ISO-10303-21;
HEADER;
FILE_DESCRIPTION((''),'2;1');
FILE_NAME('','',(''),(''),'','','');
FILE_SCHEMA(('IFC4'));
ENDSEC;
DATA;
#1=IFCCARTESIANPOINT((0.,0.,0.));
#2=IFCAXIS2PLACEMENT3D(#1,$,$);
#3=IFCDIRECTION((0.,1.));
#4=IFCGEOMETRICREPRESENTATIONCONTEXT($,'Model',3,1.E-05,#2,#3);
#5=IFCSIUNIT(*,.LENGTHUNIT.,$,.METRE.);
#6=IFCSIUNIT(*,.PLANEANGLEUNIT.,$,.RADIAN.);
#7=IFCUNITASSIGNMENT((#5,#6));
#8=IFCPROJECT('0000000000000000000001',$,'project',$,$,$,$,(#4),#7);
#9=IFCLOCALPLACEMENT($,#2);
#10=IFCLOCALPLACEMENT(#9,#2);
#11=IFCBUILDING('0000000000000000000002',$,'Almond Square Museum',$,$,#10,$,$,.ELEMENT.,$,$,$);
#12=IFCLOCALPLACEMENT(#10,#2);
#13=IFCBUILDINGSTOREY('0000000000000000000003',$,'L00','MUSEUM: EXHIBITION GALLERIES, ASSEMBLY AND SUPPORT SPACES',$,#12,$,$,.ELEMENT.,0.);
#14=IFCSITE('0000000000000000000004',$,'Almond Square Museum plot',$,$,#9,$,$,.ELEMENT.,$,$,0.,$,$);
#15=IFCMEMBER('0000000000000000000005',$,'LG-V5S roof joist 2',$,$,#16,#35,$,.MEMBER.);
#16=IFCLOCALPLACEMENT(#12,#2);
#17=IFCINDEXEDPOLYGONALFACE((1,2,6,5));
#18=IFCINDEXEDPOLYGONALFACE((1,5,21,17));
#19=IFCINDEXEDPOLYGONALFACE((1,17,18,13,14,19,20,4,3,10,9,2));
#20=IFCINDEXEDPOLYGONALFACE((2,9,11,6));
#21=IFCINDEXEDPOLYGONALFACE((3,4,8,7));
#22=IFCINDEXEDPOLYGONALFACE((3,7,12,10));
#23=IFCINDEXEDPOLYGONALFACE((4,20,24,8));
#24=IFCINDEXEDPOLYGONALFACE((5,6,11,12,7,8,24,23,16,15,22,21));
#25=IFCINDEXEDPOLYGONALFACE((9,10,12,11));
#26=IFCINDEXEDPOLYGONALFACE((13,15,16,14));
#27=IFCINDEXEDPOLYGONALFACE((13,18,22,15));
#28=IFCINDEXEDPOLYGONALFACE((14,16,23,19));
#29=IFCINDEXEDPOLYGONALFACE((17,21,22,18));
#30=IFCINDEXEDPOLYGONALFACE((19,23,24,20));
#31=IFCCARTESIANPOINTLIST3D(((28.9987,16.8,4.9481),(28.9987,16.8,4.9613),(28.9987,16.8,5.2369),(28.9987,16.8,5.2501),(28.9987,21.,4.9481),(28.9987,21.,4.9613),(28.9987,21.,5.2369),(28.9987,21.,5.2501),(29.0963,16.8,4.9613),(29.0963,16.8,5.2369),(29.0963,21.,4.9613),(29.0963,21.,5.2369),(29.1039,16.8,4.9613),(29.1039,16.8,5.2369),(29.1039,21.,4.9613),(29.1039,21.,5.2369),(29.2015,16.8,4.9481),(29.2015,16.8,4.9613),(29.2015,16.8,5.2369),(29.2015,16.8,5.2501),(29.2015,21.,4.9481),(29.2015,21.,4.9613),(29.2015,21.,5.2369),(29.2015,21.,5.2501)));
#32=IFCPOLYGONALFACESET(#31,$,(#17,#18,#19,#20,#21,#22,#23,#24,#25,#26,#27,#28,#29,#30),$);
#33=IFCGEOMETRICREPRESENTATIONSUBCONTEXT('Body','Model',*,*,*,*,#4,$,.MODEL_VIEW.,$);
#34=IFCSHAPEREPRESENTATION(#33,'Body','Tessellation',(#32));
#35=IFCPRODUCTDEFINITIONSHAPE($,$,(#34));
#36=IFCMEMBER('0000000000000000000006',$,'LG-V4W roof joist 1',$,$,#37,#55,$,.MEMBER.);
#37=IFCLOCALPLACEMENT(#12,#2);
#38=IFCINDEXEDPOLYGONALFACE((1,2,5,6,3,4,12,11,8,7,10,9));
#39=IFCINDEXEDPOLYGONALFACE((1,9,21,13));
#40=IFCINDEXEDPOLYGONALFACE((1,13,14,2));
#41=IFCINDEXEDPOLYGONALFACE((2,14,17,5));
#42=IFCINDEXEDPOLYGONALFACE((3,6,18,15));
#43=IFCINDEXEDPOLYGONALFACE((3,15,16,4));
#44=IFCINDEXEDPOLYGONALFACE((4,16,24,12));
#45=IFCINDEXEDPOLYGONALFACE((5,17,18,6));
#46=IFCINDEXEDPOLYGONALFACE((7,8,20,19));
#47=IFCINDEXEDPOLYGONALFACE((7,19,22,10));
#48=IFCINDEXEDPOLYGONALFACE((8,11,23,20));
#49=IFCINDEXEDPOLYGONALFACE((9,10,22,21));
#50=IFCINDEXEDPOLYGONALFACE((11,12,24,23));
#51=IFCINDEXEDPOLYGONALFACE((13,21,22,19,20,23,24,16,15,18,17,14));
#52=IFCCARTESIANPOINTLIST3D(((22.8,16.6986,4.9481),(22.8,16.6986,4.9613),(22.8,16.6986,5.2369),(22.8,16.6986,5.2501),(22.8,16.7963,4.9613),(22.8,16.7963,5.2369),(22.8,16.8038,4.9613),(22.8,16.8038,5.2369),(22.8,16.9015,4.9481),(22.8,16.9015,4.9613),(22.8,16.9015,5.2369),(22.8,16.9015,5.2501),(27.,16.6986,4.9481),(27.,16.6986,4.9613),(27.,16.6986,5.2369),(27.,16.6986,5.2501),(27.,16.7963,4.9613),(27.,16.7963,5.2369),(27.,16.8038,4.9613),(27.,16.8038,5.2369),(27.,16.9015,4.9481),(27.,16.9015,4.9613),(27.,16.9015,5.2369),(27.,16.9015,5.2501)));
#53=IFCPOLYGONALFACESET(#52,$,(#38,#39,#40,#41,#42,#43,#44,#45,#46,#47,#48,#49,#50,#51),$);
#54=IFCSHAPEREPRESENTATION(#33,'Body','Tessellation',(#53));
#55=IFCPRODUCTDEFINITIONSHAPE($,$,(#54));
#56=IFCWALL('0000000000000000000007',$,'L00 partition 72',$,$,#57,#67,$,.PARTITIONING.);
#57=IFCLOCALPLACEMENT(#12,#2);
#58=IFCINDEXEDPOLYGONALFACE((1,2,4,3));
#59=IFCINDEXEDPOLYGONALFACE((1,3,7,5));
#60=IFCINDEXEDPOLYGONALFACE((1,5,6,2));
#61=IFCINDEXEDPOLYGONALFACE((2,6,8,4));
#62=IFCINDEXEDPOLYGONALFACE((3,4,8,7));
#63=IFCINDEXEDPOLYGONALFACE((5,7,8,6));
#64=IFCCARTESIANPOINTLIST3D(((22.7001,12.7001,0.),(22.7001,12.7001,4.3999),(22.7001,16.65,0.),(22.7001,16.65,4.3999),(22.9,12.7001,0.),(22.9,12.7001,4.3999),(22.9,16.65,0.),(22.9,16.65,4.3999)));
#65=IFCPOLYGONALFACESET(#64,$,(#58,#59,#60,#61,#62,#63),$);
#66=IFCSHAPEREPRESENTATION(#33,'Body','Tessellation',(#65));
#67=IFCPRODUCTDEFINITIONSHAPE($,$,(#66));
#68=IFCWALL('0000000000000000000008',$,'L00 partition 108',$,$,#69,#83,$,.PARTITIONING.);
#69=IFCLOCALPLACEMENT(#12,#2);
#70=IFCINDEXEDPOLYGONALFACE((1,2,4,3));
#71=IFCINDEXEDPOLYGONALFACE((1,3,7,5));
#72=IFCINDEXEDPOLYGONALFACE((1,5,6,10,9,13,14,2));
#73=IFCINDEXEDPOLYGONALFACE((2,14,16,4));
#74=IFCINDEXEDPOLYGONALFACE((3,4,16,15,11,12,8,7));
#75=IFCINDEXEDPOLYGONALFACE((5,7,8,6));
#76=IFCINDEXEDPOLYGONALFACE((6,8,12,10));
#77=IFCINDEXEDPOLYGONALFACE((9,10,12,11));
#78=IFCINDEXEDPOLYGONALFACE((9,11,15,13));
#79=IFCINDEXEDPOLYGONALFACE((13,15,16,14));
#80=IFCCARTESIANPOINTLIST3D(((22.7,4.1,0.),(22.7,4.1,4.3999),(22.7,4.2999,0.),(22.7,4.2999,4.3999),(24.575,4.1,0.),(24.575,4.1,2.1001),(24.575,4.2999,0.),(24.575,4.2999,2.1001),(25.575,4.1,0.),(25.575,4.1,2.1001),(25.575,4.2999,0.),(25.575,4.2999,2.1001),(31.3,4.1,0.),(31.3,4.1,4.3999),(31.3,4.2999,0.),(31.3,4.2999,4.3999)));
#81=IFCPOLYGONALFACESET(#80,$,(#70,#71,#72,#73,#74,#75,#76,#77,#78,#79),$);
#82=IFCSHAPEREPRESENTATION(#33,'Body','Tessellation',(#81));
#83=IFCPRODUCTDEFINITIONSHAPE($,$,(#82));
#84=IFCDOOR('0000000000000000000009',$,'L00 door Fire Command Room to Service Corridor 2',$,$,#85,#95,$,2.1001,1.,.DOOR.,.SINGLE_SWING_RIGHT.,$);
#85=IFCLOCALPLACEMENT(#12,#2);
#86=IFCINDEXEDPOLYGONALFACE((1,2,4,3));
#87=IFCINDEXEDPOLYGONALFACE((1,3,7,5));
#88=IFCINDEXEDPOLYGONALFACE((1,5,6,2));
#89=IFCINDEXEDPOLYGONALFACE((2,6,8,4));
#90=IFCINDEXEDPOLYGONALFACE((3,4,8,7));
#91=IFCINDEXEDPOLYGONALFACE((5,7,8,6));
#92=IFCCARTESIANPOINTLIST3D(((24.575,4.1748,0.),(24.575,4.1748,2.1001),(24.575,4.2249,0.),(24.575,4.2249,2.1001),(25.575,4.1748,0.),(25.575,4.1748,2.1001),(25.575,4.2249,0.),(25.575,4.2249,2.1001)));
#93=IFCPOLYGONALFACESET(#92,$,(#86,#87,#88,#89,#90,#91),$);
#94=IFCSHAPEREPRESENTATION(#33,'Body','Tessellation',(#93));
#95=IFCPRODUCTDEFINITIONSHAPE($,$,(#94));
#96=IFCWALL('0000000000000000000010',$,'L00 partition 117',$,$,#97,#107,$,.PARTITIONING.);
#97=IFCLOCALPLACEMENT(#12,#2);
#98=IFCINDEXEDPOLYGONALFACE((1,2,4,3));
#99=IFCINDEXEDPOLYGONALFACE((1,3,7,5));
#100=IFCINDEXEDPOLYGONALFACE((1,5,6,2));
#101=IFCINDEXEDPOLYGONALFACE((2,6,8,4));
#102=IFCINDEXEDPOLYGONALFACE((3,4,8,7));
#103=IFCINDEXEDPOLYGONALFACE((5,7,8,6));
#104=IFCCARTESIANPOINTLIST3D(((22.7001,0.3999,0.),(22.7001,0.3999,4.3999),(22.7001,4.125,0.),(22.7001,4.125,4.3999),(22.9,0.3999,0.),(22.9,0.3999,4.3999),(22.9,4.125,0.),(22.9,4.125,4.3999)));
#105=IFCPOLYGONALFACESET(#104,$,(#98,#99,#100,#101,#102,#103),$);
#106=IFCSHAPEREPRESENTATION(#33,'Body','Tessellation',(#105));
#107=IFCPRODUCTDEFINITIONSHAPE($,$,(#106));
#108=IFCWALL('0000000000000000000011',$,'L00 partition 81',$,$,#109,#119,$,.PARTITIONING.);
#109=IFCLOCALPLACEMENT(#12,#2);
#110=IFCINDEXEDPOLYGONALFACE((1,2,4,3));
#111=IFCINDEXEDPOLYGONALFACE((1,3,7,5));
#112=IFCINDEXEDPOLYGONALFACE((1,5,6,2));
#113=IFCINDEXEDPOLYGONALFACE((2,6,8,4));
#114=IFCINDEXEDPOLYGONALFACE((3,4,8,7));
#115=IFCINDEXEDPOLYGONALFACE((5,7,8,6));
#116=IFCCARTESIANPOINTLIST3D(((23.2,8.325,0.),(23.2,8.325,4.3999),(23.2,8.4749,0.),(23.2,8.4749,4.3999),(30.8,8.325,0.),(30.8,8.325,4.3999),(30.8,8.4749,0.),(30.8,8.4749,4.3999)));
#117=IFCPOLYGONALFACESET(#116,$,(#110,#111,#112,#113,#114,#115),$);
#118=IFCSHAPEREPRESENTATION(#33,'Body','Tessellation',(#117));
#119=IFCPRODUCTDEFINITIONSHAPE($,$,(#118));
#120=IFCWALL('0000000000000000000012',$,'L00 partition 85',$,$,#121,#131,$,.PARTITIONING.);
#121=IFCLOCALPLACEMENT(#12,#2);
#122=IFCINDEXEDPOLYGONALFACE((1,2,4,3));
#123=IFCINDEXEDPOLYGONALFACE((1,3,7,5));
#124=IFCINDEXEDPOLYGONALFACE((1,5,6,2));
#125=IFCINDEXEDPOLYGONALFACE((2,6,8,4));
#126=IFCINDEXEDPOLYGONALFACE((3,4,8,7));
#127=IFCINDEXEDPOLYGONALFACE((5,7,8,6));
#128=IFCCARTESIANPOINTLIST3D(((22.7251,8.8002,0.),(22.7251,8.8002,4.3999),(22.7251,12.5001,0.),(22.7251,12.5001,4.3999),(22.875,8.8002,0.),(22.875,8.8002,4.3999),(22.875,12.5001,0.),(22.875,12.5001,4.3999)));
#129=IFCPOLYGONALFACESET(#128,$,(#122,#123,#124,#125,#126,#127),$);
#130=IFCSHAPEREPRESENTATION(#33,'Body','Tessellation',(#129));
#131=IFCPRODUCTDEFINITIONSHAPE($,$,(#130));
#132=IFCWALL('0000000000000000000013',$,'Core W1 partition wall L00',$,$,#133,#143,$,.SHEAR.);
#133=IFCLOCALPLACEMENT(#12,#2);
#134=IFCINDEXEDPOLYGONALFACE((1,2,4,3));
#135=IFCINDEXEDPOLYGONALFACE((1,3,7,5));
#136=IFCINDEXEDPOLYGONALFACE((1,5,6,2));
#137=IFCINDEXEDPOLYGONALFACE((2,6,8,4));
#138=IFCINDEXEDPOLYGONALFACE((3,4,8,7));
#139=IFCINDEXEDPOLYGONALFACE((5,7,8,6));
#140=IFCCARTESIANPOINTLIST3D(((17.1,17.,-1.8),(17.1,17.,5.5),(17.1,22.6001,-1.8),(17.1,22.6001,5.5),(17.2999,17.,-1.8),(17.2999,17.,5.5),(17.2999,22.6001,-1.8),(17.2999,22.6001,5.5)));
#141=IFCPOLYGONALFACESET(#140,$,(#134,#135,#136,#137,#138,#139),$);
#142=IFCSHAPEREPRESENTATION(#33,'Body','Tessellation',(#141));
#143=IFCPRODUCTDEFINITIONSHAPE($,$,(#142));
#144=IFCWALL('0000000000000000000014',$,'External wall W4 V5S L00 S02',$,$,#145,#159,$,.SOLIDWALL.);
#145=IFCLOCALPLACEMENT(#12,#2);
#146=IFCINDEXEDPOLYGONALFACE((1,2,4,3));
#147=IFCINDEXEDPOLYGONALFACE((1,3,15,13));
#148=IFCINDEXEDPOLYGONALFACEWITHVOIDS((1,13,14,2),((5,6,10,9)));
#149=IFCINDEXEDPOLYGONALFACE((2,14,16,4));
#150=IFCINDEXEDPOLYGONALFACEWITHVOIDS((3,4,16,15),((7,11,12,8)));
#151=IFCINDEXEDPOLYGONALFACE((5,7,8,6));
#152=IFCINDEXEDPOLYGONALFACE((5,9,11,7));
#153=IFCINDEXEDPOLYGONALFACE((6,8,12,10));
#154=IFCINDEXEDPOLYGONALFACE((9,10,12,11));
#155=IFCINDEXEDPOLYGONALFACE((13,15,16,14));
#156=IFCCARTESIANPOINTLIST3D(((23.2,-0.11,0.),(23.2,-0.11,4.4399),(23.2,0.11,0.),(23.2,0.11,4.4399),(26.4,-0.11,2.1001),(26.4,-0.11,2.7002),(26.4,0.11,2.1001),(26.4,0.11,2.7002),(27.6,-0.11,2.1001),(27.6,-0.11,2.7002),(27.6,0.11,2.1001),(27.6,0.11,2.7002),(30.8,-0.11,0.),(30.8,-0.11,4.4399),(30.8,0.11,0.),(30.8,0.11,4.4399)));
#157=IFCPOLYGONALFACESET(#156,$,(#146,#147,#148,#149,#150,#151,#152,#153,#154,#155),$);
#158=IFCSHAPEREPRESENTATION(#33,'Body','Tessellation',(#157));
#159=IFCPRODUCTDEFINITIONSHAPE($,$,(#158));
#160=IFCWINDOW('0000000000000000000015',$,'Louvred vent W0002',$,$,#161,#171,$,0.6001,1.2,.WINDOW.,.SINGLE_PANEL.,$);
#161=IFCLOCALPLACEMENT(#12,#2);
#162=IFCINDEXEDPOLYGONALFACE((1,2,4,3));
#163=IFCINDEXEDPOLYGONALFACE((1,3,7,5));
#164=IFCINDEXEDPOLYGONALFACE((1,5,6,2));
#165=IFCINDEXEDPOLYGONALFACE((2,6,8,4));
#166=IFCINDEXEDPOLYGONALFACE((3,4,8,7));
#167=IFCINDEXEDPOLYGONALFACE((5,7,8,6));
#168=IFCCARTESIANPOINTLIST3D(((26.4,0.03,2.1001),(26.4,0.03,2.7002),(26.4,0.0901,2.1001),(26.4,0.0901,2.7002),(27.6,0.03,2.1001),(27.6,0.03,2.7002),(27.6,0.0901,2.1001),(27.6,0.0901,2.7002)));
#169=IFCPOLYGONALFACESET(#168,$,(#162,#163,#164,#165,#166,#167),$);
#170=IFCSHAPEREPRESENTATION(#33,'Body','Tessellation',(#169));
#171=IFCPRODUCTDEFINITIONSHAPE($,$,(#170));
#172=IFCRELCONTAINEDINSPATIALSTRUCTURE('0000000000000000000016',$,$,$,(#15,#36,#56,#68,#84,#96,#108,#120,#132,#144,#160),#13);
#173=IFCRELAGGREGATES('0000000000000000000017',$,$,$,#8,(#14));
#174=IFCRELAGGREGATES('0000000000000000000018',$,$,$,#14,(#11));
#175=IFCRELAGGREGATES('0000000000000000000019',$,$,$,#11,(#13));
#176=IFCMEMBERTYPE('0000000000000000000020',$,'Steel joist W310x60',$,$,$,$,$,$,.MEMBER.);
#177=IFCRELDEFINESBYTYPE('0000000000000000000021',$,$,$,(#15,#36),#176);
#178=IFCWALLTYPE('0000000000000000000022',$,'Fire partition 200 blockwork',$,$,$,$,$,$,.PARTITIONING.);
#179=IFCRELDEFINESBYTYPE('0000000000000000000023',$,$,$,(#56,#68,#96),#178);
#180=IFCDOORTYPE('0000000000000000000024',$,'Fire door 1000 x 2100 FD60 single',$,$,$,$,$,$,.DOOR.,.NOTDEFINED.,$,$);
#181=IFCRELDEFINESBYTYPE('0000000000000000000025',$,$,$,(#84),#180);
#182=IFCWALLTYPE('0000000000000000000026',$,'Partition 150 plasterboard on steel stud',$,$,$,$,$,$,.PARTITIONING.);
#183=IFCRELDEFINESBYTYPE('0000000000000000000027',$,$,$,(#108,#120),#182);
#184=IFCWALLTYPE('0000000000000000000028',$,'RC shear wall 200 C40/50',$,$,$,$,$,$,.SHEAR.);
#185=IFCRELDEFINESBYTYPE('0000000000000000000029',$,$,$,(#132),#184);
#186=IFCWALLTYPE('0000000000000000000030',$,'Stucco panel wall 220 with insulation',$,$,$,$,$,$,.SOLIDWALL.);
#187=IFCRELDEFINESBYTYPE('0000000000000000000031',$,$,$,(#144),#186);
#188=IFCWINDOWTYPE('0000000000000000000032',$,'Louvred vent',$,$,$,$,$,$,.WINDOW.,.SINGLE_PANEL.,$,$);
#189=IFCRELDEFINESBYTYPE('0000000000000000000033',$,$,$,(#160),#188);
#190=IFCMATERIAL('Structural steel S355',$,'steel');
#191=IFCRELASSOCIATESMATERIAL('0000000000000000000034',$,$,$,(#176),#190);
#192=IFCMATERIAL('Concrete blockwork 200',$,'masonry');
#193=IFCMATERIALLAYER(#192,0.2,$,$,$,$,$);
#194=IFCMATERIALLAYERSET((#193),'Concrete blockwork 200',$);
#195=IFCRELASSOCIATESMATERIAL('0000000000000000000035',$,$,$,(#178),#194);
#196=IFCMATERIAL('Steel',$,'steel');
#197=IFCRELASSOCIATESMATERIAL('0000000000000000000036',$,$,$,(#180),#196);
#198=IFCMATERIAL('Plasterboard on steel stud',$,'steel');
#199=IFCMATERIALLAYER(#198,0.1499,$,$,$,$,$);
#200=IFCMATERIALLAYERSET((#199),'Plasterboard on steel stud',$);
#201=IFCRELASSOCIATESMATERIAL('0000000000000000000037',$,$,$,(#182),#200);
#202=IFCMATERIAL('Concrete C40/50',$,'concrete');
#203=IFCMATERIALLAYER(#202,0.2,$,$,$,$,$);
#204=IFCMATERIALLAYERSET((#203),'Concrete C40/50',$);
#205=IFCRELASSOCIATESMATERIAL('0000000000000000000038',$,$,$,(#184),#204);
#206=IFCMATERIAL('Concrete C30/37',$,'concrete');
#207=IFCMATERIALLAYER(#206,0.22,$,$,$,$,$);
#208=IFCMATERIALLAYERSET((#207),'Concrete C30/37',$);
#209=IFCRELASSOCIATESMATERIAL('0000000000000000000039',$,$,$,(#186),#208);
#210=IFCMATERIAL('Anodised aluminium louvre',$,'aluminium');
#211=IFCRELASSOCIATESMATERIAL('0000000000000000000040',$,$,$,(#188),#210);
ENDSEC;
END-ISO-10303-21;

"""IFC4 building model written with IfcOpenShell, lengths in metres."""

from ifc_helpers import new_model, si_unit, direction, frame, frame_2d, origin, origin_2d, place, context, subcontext, project, spatial, rectangle, i_section, extrude, material, layer, layer_set, material_profile, profile_set, type_object, element, fill, save


model = new_model("IFC4")

# Units and contexts
model_context = context("Model", 3, precision=1e-05, world=origin(), true_north=direction((0.0, 1.0)))
body_context = subcontext(model_context, "Body", "Model", "MODEL_VIEW")
ifc_project = project(units=[si_unit("LENGTHUNIT", "METRE"), si_unit("PLANEANGLEUNIT", "RADIAN")], contexts=[model_context])

# Site, building, storey
site_placement = place(None, origin())
site = spatial("IfcSite", under=ifc_project, at=site_placement, Name="Almond Square Museum plot", CompositionType="ELEMENT", RefElevation=0.0)
building_placement = place(site_placement, origin())
building = spatial("IfcBuilding", under=site, at=building_placement, Name="Almond Square Museum", CompositionType="ELEMENT")
storey_placement = place(building_placement, origin())
storey = spatial("IfcBuildingStorey", under=building, at=storey_placement, Name="L00", Description="MUSEUM: EXHIBITION GALLERIES, ASSEMBLY AND SUPPORT SPACES", CompositionType="ELEMENT", Elevation=0.0)

# Members
ifc_material_1 = material(Name="Structural steel S355", Category="steel")
ifc_material_profile_1 = material_profile(ifc_material_1, i_section(OverallWidth=0.2029, OverallDepth=0.302, WebThickness=0.0076, FlangeThickness=0.0132, at=origin_2d()))
ifc_profile_set_1 = profile_set([ifc_material_profile_1], Name="Structural steel S355")
member_type = type_object("IfcMemberType", Name="Steel joist W310x60", PredefinedType="MEMBER", material=ifc_profile_set_1)
for number, where, z_axis, x_axis, name in (
    (1, (29.1001, 16.8, 5.0991), (0.0, 1.0, 0.0), (-1.0, 0.0, 0.0), "LG-V5S roof joist 2"),
    (2, (22.8, 16.8, 5.0991), (1.0, 0.0, 0.0), (0.0, 1.0, 0.0), "LG-V4W roof joist 1"),
):
    element("IfcMember", number, at=place(storey_placement, frame(where, z_axis=z_axis, x_axis=x_axis)), inside=storey, type_object=member_type, Name=name, PredefinedType="MEMBER", context=body_context, shape_type="SweptSolid", body=[
        extrude(i_section(OverallWidth=0.2029, OverallDepth=0.302, WebThickness=0.0076, FlangeThickness=0.0132, at=origin_2d()), origin(), (0.0, 0.0, 1.0), 4.2),
    ])

# Wall
ifc_material_2 = material(Name="Concrete blockwork 200", Category="masonry")
ifc_layer_1 = layer(ifc_material_2, 0.2)
ifc_layer_set_1 = layer_set([ifc_layer_1], Name="Concrete blockwork 200")
wall_type_1 = type_object("IfcWallType", Name="Fire partition 200 blockwork", PredefinedType="PARTITIONING", material=ifc_layer_set_1)
wall_1_placement = place(storey_placement, frame((22.8, 12.7, 0.0), z_axis=(0.0, 0.0, 1.0), x_axis=(0.0, 1.0, 0.0)))
element("IfcWall", 3, at=wall_1_placement, inside=storey, type_object=wall_type_1, Name="L00 partition 72", PredefinedType="PARTITIONING", context=body_context, shape_type="SweptSolid", body=[
    extrude(rectangle(XDim=3.95, YDim=0.2, at=frame_2d((1.9751, 0.0))), origin(), (0.0, 0.0, 1.0), 4.3999),
])

# Wall, opening, door
wall_2_placement = place(storey_placement, frame((22.7, 4.2, 0.0), z_axis=(0.0, 0.0, 1.0), x_axis=(1.0, 0.0, 0.0)))
wall_2 = element("IfcWall", 4, at=wall_2_placement, inside=storey, type_object=wall_type_1, Name="L00 partition 108", PredefinedType="PARTITIONING", context=body_context, shape_type="SweptSolid", body=[
    extrude(rectangle(XDim=8.6001, YDim=0.2, at=frame_2d((4.3, 0.0))), origin(), (0.0, 0.0, 1.0), 4.3999),
])
opening_1_placement = place(wall_2_placement, frame((1.875, 0.0, 0.0)))
opening_1 = element("IfcOpeningElement", 5, at=opening_1_placement, cuts=wall_2, PredefinedType="OPENING", context=body_context, shape_type="SweptSolid", body=[
    extrude(rectangle(XDim=1.0, YDim=2.1001, at=frame_2d((0.5, 1.05))), frame((0.0, 0.1099, 0.0), z_axis=(0.0, -1.0, 0.0), x_axis=(1.0, 0.0, 0.0)), (0.0, 0.0, 1.0), 0.22),
])
ifc_material_3 = material(Name="Steel", Category="steel")
door_type = type_object("IfcDoorType", Name="Fire door 1000 x 2100 FD60 single", OperationType="NOTDEFINED", PredefinedType="DOOR", material=ifc_material_3)
door_placement = place(opening_1_placement, origin())
door = element("IfcDoor", 6, at=door_placement, inside=storey, type_object=door_type, Name="L00 door Fire Command Room to Service Corridor 2", OperationType="SINGLE_SWING_RIGHT", OverallHeight=2.1001, OverallWidth=1.0, PredefinedType="DOOR", context=body_context, shape_type="SweptSolid", body=[
    extrude(rectangle(XDim=1.0, YDim=2.1001, at=frame_2d((0.5, 1.05))), frame((0.0, 0.0249, 0.0), z_axis=(0.0, -1.0, 0.0), x_axis=(1.0, 0.0, 0.0)), (0.0, 0.0, 1.0), 0.05),
])
fill(opening_1, door)

# Walls
wall_3_placement = place(storey_placement, frame((22.8, 0.3999, 0.0), z_axis=(0.0, 0.0, 1.0), x_axis=(0.0, 1.0, 0.0)))
element("IfcWall", 7, at=wall_3_placement, inside=storey, type_object=wall_type_1, Name="L00 partition 117", PredefinedType="PARTITIONING", context=body_context, shape_type="SweptSolid", body=[
    extrude(rectangle(XDim=3.7251, YDim=0.2, at=frame_2d((1.8625, 0.0))), origin(), (0.0, 0.0, 1.0), 4.3999),
])
ifc_material_4 = material(Name="Plasterboard on steel stud", Category="steel")
ifc_layer_2 = layer(ifc_material_4, 0.1499)
ifc_layer_set_2 = layer_set([ifc_layer_2], Name="Plasterboard on steel stud")
wall_type_2 = type_object("IfcWallType", Name="Partition 150 plasterboard on steel stud", PredefinedType="PARTITIONING", material=ifc_layer_set_2)
wall_4_placement = place(storey_placement, frame((23.2, 8.3999, 0.0), z_axis=(0.0, 0.0, 1.0), x_axis=(1.0, 0.0, 0.0)))
element("IfcWall", 8, at=wall_4_placement, inside=storey, type_object=wall_type_2, Name="L00 partition 81", PredefinedType="PARTITIONING", context=body_context, shape_type="SweptSolid", body=[
    extrude(rectangle(XDim=7.6001, YDim=0.1499, at=frame_2d((3.8, 0.0))), origin(), (0.0, 0.0, 1.0), 4.3999),
])
wall_5_placement = place(storey_placement, frame((22.8, 8.8, 0.0), z_axis=(0.0, 0.0, 1.0), x_axis=(0.0, 1.0, 0.0)))
element("IfcWall", 9, at=wall_5_placement, inside=storey, type_object=wall_type_2, Name="L00 partition 85", PredefinedType="PARTITIONING", context=body_context, shape_type="SweptSolid", body=[
    extrude(rectangle(XDim=3.7, YDim=0.1499, at=frame_2d((1.8501, 0.0))), origin(), (0.0, 0.0, 1.0), 4.3999),
])
ifc_material_5 = material(Name="Concrete C40/50", Category="concrete")
ifc_layer_3 = layer(ifc_material_5, 0.2)
ifc_layer_set_3 = layer_set([ifc_layer_3], Name="Concrete C40/50")
wall_type_3 = type_object("IfcWallType", Name="RC shear wall 200 C40/50", PredefinedType="SHEAR", material=ifc_layer_set_3)
wall_6_placement = place(storey_placement, frame((17.2, 17.0, -1.8), z_axis=(0.0, 0.0, 1.0), x_axis=(0.0, 1.0, 0.0)))
element("IfcWall", 10, at=wall_6_placement, inside=storey, type_object=wall_type_3, Name="Core W1 partition wall L00", PredefinedType="SHEAR", context=body_context, shape_type="SweptSolid", body=[
    extrude(rectangle(XDim=5.6001, YDim=0.2, at=frame_2d((2.8, 0.0))), origin(), (0.0, 0.0, 1.0), 7.3),
])

# Wall, opening, window
ifc_material_6 = material(Name="Concrete C30/37", Category="concrete")
ifc_layer_4 = layer(ifc_material_6, 0.22)
ifc_layer_set_4 = layer_set([ifc_layer_4], Name="Concrete C30/37")
wall_type_4 = type_object("IfcWallType", Name="Stucco panel wall 220 with insulation", PredefinedType="SOLIDWALL", material=ifc_layer_set_4)
wall_7_placement = place(storey_placement, frame((23.2, 0.0, 0.0), z_axis=(0.0, 0.0, 1.0), x_axis=(1.0, 0.0, 0.0)))
wall_7 = element("IfcWall", 11, at=wall_7_placement, inside=storey, type_object=wall_type_4, Name="External wall W4 V5S L00 S02", PredefinedType="SOLIDWALL", context=body_context, shape_type="SweptSolid", body=[
    extrude(rectangle(XDim=7.6001, YDim=0.22, at=frame_2d((3.8, 0.0))), origin(), (0.0, 0.0, 1.0), 4.4399),
])
opening_2_placement = place(wall_7_placement, frame((3.2, 0.0, 2.1001)))
opening_2 = element("IfcOpeningElement", 12, at=opening_2_placement, cuts=wall_7, PredefinedType="OPENING", context=body_context, shape_type="SweptSolid", body=[
    extrude(rectangle(XDim=1.2, YDim=0.6001, at=frame_2d((0.6001, 0.3))), frame((0.0, 0.1199, 0.0), z_axis=(0.0, -1.0, 0.0), x_axis=(1.0, 0.0, 0.0)), (0.0, 0.0, 1.0), 0.24),
])
ifc_material_7 = material(Name="Anodised aluminium louvre", Category="aluminium")
window_type = type_object("IfcWindowType", Name="Louvred vent", PartitioningType="SINGLE_PANEL", PredefinedType="WINDOW", material=ifc_material_7)
window_1_placement = place(opening_2_placement, origin())
window_1 = element("IfcWindow", 13, at=window_1_placement, inside=storey, type_object=window_type, Name="Louvred vent W0002", OverallHeight=0.6001, OverallWidth=1.2, PartitioningType="SINGLE_PANEL", PredefinedType="WINDOW", context=body_context, shape_type="SweptSolid", body=[
    extrude(rectangle(XDim=1.2, YDim=0.6001, at=frame_2d((0.6001, 0.3))), frame((0.0, 0.0901, 0.0), z_axis=(0.0, -1.0, 0.0), x_axis=(1.0, 0.0, 0.0)), (0.0, 0.0, 1.0), 0.0601),
])
fill(opening_2, window_1)

save(model, "model.ifc")
